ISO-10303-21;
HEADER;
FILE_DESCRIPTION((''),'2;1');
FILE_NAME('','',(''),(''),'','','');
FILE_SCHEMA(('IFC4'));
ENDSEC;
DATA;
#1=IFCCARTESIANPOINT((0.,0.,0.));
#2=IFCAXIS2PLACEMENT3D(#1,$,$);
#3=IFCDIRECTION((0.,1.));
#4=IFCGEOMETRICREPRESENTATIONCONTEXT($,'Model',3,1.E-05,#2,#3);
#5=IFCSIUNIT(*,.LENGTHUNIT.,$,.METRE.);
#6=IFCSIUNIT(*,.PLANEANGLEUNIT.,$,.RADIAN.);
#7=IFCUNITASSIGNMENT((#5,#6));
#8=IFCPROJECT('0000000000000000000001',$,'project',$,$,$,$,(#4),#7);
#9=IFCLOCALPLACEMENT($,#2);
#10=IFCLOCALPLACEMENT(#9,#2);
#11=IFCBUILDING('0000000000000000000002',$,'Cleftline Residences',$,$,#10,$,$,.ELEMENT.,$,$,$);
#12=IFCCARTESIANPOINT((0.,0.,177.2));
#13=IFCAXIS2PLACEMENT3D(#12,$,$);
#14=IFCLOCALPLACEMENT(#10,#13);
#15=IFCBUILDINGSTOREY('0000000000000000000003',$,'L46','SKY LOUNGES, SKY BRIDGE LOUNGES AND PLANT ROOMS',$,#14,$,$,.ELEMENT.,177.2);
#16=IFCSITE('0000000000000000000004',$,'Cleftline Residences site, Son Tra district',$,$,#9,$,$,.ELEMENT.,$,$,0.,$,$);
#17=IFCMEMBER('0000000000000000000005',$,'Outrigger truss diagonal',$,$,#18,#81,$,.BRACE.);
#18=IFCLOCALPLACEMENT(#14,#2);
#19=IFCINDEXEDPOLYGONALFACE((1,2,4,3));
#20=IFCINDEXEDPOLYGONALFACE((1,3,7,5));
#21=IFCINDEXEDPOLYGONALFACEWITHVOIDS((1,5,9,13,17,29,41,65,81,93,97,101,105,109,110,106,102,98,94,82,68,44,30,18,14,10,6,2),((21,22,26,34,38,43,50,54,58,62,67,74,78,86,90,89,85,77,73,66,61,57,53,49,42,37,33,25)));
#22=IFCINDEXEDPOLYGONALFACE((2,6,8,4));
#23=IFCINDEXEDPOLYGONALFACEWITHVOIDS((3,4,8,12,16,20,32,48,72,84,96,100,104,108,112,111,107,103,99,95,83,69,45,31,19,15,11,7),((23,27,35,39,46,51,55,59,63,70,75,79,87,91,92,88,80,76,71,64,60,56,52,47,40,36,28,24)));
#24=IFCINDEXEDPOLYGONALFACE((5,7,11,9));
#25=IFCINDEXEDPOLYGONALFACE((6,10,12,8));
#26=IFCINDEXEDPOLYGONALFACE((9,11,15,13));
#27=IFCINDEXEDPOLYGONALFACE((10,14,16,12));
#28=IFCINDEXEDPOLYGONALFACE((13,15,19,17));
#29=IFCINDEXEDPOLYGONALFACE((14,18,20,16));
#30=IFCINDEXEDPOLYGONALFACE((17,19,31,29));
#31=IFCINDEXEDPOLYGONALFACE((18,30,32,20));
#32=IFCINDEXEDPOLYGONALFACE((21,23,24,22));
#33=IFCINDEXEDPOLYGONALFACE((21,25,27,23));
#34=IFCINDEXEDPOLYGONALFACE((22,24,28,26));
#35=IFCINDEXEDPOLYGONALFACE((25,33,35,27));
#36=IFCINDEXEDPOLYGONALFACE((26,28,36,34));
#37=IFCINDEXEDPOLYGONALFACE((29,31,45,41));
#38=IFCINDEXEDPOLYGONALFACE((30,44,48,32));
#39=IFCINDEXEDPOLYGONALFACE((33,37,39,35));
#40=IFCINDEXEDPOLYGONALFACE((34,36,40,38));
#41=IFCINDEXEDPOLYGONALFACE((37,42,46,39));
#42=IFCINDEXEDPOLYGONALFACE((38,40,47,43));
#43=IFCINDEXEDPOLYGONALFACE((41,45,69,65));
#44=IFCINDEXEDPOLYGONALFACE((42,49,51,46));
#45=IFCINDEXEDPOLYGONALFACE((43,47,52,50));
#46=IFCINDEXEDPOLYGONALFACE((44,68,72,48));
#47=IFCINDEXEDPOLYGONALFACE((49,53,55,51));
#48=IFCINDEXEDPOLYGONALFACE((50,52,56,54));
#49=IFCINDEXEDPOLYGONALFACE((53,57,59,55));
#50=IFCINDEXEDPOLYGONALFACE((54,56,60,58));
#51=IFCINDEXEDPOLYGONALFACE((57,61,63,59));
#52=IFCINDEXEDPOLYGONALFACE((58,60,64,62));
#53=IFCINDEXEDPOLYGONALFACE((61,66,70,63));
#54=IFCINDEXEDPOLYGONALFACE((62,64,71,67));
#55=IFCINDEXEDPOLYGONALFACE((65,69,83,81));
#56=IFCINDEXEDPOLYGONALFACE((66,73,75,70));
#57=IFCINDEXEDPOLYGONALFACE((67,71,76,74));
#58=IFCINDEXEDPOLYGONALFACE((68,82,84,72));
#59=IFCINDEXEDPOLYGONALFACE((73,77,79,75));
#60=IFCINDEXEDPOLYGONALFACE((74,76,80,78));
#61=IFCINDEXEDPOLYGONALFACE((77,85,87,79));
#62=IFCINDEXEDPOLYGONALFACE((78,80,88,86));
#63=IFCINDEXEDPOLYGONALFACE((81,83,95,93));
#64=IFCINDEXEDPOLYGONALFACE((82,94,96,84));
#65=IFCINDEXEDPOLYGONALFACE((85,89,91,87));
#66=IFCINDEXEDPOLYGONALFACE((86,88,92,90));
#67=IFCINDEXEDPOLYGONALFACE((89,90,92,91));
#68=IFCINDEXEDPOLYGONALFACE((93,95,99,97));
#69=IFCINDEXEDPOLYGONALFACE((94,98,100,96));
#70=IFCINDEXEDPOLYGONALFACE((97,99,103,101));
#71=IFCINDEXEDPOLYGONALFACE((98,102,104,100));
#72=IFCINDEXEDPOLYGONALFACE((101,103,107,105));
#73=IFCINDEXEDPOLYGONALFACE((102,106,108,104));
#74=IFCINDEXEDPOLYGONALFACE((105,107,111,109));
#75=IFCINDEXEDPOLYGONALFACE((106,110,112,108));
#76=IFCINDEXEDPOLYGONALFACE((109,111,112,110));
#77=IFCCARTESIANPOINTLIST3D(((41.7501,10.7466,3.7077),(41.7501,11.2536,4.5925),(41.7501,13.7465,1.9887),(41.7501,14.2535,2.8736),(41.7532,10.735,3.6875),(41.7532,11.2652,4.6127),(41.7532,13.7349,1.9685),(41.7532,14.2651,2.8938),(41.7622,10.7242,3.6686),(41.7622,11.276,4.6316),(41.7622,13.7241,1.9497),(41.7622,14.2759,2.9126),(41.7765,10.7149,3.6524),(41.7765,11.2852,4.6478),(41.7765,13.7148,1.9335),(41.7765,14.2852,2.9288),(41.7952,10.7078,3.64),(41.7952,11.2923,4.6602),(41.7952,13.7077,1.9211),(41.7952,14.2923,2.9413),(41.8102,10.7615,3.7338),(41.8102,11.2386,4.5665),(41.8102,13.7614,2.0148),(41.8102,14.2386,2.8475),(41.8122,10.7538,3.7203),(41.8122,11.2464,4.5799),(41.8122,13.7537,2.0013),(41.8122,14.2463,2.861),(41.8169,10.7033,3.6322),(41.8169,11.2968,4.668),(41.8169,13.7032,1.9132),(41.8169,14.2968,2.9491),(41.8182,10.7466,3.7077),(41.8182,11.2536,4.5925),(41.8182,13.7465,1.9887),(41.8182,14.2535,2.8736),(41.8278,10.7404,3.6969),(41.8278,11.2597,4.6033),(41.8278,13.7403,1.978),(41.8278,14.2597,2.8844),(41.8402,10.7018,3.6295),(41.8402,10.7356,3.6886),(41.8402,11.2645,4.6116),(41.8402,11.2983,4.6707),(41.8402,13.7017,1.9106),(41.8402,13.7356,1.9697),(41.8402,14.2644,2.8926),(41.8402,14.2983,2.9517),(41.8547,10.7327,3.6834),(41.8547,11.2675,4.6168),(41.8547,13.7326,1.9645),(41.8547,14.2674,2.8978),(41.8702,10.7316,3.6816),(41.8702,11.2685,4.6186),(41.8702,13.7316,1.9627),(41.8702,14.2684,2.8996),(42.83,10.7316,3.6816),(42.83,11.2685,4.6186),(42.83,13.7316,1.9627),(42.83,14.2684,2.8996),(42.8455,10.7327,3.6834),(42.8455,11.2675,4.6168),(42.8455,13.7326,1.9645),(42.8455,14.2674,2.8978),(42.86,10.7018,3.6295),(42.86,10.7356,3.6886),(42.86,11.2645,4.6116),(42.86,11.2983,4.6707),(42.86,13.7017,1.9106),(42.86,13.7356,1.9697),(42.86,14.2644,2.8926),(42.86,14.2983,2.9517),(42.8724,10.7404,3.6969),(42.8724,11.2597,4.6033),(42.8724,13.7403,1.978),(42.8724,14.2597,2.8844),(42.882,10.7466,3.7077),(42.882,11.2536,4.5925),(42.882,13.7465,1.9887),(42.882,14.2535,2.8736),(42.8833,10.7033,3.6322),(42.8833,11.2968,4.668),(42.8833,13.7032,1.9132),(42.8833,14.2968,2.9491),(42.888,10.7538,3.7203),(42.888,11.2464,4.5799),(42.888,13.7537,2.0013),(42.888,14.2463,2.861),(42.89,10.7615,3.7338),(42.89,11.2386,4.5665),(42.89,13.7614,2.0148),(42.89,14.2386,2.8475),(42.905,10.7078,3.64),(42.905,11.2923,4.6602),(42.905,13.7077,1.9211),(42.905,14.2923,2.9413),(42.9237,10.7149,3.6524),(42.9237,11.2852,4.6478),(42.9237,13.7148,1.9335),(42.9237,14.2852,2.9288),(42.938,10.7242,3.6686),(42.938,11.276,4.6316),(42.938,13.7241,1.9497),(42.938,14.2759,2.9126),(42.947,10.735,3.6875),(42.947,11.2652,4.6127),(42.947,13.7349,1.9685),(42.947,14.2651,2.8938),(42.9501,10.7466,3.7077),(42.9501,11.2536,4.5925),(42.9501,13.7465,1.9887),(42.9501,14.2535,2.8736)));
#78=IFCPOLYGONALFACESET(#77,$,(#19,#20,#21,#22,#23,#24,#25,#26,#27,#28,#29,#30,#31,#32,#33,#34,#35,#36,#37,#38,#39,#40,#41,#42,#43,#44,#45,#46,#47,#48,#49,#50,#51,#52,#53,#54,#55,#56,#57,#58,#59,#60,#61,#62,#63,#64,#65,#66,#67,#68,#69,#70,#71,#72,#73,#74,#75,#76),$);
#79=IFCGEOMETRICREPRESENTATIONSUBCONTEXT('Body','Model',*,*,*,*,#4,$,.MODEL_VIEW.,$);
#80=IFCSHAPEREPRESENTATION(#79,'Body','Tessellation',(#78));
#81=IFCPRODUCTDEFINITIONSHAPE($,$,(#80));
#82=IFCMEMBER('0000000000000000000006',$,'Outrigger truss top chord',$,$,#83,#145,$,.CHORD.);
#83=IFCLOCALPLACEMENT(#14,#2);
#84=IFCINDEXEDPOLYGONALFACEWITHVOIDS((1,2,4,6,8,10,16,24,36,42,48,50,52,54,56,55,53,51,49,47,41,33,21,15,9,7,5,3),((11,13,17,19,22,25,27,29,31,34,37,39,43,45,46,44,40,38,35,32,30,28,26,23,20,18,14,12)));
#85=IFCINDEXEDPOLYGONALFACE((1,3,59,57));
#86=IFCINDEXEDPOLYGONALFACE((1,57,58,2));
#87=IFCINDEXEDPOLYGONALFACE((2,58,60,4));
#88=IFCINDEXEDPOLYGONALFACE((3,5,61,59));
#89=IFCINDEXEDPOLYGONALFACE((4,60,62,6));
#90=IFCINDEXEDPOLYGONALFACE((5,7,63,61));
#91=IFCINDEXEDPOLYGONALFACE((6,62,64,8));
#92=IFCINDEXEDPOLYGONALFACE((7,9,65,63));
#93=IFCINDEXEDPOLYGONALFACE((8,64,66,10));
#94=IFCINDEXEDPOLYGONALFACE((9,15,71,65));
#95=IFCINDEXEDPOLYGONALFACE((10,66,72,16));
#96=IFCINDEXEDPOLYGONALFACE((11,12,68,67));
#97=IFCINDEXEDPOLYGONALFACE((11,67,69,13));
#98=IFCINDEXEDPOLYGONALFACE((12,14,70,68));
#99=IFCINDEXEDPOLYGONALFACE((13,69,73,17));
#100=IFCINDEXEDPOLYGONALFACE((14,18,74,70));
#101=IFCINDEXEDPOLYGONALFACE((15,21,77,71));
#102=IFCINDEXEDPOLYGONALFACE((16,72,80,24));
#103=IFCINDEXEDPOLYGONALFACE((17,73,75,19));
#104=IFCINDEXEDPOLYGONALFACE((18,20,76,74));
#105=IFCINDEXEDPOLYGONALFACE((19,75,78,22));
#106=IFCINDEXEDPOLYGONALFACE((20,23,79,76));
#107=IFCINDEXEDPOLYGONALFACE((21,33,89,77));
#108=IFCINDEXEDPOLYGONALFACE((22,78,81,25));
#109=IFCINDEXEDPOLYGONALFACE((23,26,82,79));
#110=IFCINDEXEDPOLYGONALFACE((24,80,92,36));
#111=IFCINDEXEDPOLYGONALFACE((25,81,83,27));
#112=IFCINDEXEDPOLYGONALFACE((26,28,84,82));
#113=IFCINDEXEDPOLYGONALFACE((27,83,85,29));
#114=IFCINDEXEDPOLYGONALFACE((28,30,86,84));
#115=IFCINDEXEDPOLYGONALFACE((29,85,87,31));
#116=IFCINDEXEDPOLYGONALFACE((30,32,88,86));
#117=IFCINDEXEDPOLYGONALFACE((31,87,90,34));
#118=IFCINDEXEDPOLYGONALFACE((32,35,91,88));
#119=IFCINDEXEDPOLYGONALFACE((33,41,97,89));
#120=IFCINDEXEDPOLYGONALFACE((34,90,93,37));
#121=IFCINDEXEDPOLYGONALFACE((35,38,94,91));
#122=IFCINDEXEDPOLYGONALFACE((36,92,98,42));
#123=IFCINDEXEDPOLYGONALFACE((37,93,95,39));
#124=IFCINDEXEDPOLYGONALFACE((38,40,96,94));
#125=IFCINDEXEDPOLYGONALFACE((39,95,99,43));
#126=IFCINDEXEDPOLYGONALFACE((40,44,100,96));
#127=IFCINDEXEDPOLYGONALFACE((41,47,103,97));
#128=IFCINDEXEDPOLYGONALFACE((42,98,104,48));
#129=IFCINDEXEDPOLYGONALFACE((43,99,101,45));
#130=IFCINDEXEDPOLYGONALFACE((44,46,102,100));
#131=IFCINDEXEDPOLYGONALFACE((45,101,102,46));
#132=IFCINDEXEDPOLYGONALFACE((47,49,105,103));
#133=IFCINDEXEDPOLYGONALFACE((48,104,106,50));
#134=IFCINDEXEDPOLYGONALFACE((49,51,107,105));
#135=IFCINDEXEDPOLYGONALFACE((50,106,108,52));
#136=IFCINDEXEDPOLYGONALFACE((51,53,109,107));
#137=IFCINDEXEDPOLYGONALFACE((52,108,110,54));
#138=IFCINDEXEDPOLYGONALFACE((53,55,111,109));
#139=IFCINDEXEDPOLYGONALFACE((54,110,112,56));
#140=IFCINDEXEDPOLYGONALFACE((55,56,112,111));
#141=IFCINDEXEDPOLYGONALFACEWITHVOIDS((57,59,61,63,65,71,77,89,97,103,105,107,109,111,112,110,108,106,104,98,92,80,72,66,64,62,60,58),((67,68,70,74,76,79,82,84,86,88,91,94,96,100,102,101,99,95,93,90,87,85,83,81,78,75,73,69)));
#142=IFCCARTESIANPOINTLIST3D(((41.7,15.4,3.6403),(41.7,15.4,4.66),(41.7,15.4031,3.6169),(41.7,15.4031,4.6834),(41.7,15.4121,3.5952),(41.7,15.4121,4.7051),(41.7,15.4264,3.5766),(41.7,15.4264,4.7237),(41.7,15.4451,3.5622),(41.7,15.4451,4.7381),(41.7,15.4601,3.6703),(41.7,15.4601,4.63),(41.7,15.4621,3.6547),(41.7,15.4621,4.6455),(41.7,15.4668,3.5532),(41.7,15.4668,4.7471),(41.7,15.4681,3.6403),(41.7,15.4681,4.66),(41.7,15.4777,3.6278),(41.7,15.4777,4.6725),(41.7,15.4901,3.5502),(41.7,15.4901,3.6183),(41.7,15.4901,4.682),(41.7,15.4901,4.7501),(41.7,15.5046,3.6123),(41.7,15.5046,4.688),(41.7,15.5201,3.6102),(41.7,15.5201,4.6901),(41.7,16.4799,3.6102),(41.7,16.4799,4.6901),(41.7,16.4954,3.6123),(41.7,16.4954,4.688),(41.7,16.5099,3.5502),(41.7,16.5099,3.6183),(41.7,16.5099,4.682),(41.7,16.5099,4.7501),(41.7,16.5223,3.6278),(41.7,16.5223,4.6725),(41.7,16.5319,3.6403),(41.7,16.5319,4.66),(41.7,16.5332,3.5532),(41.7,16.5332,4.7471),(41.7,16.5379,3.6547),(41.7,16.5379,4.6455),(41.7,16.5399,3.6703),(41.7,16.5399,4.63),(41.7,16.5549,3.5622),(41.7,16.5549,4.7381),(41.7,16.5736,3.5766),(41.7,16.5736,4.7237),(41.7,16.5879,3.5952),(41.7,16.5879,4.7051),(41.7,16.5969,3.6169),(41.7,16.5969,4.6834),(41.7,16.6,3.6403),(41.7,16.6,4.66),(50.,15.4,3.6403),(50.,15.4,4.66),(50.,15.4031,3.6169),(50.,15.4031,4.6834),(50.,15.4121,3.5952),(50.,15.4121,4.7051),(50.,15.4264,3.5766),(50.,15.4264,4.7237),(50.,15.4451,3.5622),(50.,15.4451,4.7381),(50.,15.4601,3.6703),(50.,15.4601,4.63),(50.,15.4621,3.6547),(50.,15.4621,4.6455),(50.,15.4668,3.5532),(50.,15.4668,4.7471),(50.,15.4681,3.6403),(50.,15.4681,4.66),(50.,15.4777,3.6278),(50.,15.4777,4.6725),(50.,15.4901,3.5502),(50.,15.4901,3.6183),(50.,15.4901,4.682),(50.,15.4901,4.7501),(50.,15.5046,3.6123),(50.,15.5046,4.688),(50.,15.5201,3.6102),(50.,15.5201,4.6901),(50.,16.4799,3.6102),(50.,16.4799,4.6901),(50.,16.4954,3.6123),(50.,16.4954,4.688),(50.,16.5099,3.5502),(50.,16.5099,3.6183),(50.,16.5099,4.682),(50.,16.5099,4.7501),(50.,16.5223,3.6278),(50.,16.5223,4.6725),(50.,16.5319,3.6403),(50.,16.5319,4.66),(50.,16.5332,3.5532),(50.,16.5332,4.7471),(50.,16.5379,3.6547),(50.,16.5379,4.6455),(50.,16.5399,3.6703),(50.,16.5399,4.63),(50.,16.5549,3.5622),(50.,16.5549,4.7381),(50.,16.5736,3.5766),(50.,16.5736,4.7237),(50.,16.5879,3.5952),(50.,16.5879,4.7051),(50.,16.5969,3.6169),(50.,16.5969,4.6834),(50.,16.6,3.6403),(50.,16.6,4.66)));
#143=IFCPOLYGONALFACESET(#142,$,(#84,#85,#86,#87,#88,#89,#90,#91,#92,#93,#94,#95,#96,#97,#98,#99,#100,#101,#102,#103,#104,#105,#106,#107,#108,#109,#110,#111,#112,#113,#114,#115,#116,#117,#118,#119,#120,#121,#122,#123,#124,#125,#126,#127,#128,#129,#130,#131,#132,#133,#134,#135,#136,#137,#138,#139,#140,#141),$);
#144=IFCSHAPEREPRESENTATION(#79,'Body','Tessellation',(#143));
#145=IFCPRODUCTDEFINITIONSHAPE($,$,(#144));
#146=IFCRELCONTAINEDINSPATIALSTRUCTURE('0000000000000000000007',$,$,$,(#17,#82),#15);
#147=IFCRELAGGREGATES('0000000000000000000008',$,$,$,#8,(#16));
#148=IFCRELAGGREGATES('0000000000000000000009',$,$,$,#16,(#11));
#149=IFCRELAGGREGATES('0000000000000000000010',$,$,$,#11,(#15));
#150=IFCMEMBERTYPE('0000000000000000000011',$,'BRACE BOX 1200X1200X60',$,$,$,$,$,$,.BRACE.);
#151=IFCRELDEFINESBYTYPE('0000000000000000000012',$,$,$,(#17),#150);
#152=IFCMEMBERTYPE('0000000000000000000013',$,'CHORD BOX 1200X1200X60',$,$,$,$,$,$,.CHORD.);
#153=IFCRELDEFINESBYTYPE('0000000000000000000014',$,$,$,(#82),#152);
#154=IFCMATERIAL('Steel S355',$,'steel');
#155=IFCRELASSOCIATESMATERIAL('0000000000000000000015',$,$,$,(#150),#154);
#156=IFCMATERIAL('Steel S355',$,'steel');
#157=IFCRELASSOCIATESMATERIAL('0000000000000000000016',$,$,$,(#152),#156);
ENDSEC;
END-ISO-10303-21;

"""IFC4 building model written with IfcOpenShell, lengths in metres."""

from ifc_helpers import new_model, si_unit, direction, frame, origin, origin_2d, place, context, subcontext, project, spatial, hollow_rectangle, extrude, material, material_profile, profile_set, type_object, element, save


model = new_model("IFC4")

# Units and contexts
model_context = context("Model", 3, precision=1e-05, world=origin(), true_north=direction((0.0, 1.0)))
body_context = subcontext(model_context, "Body", "Model", "MODEL_VIEW")
ifc_project = project(units=[si_unit("LENGTHUNIT", "METRE"), si_unit("PLANEANGLEUNIT", "RADIAN")], contexts=[model_context])

# Site, building, storey
site_placement = place(None, origin())
site = spatial("IfcSite", under=ifc_project, at=site_placement, Name="Cleftline Residences site, Son Tra district", CompositionType="ELEMENT", RefElevation=0.0)
building_placement = place(site_placement, origin())
building = spatial("IfcBuilding", under=site, at=building_placement, Name="Cleftline Residences", CompositionType="ELEMENT")
storey_placement = place(building_placement, frame((0.0, 0.0, 177.2)))
storey = spatial("IfcBuildingStorey", under=building, at=storey_placement, Name="L46", Description="SKY LOUNGES, SKY BRIDGE LOUNGES AND PLANT ROOMS", CompositionType="ELEMENT", Elevation=177.2)

# Members
ifc_material_1 = material(Name="Steel S355", Category="steel")
ifc_material_profile_1 = material_profile(ifc_material_1, hollow_rectangle(XDim=1.2, YDim=1.2, WallThickness=0.0601, InnerFilletRadius=0.0601, OuterFilletRadius=0.0901, at=origin_2d()))
ifc_profile_set_1 = profile_set([ifc_material_profile_1], Name="Steel S355")
member_type_1 = type_object("IfcMemberType", Name="BRACE BOX 1200X1200X60", PredefinedType="BRACE", material=ifc_profile_set_1)
for number, where, z_axis, x_axis, name in (
    (1, (42.3501, 14.0, 2.4312), (0.0, -0.867656, 0.497165), (0.0, 0.497165, 0.867656), "Outrigger truss diagonal"),
):
    element("IfcMember", number, at=place(storey_placement, frame(where, z_axis=z_axis, x_axis=x_axis)), inside=storey, type_object=member_type_1, Name=name, PredefinedType="BRACE", context=body_context, shape_type="SweptSolid", body=[
        extrude(hollow_rectangle(XDim=1.2, YDim=1.2, WallThickness=0.0601, InnerFilletRadius=0.0601, OuterFilletRadius=0.0901, at=origin_2d()), origin(), (0.0, 0.0, 1.0), 3.4575),
    ])
ifc_material_2 = material(Name="Steel S355", Category="steel")
ifc_material_profile_2 = material_profile(ifc_material_2, hollow_rectangle(XDim=1.2, YDim=1.2, WallThickness=0.0601, InnerFilletRadius=0.0601, OuterFilletRadius=0.0901, at=origin_2d()))
ifc_profile_set_2 = profile_set([ifc_material_profile_2], Name="Steel S355")
member_type_2 = type_object("IfcMemberType", Name="CHORD BOX 1200X1200X60", PredefinedType="CHORD", material=ifc_profile_set_2)
member_1_placement = place(storey_placement, frame((41.7, 16.0, 4.1501), z_axis=(1.0, 0.0, 0.0), x_axis=(0.0, 1.0, 0.0)))
element("IfcMember", 2, at=member_1_placement, inside=storey, type_object=member_type_2, Name="Outrigger truss top chord", PredefinedType="CHORD", context=body_context, shape_type="SweptSolid", body=[
    extrude(hollow_rectangle(XDim=1.2, YDim=1.2, WallThickness=0.0601, InnerFilletRadius=0.0601, OuterFilletRadius=0.0901, at=origin_2d()), origin(), (0.0, 0.0, 1.0), 8.3),
])

save(model, "model.ifc")
